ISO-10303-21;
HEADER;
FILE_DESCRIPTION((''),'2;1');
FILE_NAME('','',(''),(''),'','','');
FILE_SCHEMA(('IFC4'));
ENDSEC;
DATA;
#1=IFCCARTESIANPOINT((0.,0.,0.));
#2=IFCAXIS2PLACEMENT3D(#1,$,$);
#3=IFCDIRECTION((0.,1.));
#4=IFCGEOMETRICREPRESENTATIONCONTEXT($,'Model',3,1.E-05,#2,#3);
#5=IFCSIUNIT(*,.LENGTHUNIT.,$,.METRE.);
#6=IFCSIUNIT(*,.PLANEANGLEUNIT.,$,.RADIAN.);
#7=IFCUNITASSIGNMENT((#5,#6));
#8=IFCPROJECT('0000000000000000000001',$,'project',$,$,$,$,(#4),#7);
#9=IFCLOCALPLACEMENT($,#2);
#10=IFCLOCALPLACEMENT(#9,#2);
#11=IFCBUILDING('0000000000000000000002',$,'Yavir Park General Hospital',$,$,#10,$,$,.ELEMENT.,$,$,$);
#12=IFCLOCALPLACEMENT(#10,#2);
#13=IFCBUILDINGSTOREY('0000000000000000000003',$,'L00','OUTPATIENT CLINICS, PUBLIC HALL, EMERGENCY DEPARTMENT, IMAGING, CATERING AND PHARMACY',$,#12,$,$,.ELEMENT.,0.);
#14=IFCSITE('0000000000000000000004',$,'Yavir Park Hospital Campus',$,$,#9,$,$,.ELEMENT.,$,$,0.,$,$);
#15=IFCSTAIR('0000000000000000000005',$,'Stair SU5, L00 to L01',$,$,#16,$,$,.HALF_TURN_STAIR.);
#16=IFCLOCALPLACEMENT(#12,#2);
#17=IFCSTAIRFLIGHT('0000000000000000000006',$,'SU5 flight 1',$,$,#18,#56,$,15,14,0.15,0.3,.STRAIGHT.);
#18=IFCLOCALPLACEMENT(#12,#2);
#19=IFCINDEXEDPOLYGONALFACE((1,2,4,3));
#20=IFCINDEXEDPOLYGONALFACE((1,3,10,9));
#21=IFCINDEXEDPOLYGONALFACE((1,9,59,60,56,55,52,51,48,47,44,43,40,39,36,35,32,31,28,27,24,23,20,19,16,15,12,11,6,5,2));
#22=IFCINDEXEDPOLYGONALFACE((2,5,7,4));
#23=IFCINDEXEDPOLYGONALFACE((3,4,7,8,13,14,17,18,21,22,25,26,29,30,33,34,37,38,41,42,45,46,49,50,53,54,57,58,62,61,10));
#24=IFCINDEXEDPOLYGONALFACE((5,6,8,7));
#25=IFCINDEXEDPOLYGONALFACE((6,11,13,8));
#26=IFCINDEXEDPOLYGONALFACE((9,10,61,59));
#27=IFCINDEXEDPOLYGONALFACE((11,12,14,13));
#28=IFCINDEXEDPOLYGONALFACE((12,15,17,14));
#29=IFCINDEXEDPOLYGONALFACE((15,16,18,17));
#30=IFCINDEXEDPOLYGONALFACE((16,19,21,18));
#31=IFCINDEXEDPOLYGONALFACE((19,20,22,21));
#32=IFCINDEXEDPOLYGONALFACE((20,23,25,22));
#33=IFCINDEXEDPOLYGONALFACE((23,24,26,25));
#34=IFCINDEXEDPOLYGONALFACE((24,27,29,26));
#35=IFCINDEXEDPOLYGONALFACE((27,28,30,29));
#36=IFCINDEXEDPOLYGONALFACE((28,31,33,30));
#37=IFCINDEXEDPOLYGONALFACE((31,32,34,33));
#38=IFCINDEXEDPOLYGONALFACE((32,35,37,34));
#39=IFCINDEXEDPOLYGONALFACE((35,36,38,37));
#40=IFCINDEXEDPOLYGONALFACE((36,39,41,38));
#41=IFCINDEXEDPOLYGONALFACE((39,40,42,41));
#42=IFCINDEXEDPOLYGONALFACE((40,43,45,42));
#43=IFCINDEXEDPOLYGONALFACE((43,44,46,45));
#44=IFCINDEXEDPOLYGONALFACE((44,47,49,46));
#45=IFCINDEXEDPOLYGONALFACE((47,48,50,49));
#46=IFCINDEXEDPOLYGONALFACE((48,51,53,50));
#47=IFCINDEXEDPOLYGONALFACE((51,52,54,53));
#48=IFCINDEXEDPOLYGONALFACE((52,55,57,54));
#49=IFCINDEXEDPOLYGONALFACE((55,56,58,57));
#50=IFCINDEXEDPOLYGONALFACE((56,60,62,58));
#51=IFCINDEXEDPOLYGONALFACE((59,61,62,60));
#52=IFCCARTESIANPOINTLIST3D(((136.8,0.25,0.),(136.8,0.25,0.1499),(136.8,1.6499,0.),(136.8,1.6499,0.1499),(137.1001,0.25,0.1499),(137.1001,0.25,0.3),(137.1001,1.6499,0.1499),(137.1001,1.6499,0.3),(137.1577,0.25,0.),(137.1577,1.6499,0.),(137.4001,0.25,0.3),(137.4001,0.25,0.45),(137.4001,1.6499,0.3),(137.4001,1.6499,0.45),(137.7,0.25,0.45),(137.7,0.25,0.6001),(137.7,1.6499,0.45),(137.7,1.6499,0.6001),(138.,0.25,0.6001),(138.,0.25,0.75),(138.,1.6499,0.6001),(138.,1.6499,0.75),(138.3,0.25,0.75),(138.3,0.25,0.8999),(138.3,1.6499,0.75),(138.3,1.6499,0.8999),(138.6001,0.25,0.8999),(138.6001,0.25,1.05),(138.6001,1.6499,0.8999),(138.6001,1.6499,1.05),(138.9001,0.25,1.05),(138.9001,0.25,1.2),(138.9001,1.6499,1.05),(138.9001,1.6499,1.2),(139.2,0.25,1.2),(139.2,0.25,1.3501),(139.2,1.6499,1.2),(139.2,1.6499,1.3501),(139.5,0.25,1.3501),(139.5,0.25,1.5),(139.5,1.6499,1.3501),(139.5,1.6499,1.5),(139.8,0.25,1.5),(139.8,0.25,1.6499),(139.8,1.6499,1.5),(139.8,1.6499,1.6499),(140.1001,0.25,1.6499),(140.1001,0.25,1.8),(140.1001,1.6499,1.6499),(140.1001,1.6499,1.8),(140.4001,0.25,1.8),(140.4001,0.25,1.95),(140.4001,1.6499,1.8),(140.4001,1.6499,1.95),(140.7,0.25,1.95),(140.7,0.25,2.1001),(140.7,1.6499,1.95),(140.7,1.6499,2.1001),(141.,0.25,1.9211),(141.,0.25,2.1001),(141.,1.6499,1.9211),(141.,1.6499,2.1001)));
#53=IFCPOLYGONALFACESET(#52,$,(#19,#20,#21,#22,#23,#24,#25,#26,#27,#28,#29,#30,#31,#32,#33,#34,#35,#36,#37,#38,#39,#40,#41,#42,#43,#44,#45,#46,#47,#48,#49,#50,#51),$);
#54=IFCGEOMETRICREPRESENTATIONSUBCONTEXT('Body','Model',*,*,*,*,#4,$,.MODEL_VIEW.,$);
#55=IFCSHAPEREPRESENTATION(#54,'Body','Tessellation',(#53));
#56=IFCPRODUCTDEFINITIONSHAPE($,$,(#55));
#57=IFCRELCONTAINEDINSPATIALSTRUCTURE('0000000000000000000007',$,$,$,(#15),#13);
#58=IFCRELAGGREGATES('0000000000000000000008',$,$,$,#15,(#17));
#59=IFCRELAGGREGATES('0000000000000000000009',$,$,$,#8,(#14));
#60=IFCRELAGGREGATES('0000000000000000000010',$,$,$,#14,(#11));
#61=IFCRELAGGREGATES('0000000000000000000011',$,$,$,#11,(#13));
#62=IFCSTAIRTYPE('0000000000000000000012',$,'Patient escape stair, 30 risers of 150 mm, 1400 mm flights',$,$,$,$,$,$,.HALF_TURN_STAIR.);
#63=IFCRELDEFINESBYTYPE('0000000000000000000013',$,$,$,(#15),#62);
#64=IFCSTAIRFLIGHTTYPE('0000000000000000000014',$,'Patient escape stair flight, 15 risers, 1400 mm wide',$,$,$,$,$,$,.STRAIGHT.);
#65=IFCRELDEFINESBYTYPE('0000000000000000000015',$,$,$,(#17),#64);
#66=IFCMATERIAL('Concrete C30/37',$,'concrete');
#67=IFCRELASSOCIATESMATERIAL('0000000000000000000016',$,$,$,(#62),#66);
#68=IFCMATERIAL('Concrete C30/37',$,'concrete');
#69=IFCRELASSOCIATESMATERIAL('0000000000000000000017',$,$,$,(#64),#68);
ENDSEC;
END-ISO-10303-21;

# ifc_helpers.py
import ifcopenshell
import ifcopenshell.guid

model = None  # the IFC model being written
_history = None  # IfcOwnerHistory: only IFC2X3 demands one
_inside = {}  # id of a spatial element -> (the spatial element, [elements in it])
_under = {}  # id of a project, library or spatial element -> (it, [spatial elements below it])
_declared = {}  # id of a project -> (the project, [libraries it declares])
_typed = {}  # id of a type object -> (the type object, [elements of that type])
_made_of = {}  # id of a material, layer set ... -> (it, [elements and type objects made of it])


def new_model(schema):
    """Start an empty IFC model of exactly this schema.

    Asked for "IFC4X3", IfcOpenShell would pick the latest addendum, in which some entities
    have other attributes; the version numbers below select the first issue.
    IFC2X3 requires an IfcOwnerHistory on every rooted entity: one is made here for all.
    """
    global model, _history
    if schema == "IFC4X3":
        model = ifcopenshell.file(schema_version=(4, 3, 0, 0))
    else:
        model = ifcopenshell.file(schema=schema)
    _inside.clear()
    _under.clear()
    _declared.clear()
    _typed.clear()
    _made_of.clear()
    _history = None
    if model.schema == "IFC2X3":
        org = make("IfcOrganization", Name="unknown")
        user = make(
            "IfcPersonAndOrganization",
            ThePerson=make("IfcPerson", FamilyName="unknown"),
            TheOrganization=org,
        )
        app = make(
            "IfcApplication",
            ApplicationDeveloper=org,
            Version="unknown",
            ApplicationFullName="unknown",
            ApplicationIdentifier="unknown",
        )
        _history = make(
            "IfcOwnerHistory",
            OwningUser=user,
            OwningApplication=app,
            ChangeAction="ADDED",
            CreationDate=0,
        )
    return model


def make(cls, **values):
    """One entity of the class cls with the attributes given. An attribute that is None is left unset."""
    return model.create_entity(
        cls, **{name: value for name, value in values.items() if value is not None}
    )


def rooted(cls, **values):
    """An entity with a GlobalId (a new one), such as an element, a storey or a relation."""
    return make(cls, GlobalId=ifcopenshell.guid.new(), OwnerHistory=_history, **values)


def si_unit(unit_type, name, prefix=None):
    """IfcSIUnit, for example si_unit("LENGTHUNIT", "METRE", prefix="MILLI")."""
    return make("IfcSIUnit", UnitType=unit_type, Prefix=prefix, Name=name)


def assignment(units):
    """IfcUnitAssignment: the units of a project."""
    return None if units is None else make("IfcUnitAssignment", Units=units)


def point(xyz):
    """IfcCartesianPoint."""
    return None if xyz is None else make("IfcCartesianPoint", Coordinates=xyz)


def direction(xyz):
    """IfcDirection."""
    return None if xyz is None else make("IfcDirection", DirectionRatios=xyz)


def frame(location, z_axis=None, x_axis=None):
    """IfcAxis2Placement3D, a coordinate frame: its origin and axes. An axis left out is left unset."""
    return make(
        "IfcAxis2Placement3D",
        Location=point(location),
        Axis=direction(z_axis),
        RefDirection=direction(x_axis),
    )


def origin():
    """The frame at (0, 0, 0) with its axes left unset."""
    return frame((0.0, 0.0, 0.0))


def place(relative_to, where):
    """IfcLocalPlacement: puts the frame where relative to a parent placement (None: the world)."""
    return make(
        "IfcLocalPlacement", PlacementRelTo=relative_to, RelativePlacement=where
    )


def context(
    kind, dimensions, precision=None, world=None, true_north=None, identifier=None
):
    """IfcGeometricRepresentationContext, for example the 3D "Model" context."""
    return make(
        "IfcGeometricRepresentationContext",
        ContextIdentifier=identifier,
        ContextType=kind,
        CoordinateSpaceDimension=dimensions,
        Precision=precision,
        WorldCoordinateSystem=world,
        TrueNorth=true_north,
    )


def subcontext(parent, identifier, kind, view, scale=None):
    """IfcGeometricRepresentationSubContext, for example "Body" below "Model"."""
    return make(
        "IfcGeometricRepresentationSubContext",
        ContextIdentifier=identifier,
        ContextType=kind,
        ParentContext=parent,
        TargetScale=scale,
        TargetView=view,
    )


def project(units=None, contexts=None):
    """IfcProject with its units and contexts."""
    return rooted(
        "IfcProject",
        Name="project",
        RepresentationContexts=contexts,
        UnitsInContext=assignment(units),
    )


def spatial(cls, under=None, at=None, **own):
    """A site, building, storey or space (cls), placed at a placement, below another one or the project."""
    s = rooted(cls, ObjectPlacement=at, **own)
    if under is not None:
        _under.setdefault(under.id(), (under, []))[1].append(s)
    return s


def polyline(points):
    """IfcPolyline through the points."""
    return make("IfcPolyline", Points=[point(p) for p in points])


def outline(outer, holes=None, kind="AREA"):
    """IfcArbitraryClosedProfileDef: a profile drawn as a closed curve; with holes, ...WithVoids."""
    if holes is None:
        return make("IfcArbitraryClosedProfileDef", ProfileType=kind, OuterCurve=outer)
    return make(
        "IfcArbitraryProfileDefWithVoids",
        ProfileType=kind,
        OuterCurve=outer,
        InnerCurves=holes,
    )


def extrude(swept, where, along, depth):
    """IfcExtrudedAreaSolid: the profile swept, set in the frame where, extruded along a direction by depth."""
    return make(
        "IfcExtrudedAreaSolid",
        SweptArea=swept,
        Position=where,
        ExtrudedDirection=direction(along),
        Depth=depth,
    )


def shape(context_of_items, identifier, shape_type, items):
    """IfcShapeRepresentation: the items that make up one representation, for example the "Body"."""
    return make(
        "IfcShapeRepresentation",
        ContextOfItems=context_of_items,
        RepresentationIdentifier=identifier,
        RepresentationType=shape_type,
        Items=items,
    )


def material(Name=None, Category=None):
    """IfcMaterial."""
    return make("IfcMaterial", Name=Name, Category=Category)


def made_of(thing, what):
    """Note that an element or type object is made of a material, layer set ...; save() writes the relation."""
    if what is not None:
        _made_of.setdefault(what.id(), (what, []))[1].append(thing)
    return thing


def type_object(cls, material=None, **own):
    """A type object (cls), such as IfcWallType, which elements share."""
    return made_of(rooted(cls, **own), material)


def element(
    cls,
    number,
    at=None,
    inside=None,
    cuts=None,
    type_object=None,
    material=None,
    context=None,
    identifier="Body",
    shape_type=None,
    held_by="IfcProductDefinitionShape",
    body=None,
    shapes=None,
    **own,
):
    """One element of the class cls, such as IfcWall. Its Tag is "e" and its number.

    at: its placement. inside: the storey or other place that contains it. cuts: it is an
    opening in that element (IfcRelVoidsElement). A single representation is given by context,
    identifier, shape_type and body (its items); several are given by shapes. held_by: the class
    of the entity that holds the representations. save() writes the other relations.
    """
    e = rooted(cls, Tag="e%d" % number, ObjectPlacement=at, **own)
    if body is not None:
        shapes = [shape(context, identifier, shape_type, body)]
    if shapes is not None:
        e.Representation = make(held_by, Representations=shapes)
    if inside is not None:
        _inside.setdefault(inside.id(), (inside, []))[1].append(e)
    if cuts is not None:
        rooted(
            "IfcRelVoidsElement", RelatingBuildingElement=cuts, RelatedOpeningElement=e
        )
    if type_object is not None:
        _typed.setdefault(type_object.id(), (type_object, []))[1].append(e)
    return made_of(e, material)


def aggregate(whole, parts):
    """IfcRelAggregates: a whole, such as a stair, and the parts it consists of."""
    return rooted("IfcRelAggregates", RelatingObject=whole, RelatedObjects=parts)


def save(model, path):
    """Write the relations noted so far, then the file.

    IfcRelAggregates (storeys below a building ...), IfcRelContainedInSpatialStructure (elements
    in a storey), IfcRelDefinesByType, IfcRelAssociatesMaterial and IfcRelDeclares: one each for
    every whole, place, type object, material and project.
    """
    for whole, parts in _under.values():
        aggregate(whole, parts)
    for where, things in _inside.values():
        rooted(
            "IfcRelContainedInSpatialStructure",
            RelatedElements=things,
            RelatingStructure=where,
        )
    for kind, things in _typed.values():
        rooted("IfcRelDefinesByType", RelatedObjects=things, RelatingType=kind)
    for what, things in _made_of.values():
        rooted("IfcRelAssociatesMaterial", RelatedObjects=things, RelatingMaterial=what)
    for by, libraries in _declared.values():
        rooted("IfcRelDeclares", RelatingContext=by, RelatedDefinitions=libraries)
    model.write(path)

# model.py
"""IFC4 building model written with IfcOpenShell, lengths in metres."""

from ifc_helpers import new_model, si_unit, direction, frame, origin, place, context, subcontext, project, spatial, polyline, outline, extrude, material, type_object, element, aggregate, save


model = new_model("IFC4")

# Units and contexts
model_context = context("Model", 3, precision=1e-05, world=origin(), true_north=direction((0.0, 1.0)))
body_context = subcontext(model_context, "Body", "Model", "MODEL_VIEW")
ifc_project = project(units=[si_unit("LENGTHUNIT", "METRE"), si_unit("PLANEANGLEUNIT", "RADIAN")], contexts=[model_context])

# Site, building, storey
site_placement = place(None, origin())
site = spatial("IfcSite", under=ifc_project, at=site_placement, Name="Yavir Park Hospital Campus", CompositionType="ELEMENT", RefElevation=0.0)
building_placement = place(site_placement, origin())
building = spatial("IfcBuilding", under=site, at=building_placement, Name="Yavir Park General Hospital", CompositionType="ELEMENT")
storey_placement = place(building_placement, origin())
storey = spatial("IfcBuildingStorey", under=building, at=storey_placement, Name="L00", Description="OUTPATIENT CLINICS, PUBLIC HALL, EMERGENCY DEPARTMENT, IMAGING, CATERING AND PHARMACY", CompositionType="ELEMENT", Elevation=0.0)

# Stair, stair flight
ifc_material_1 = material(Name="Concrete C30/37", Category="concrete")
stair_type = type_object("IfcStairType", Name="Patient escape stair, 30 risers of 150 mm, 1400 mm flights", PredefinedType="HALF_TURN_STAIR", material=ifc_material_1)
stair_placement = place(storey_placement, origin())
stair = element("IfcStair", 1, at=stair_placement, inside=storey, type_object=stair_type, Name="Stair SU5, L00 to L01", PredefinedType="HALF_TURN_STAIR")
ifc_material_2 = material(Name="Concrete C30/37", Category="concrete")
stair_flight_type = type_object("IfcStairFlightType", Name="Patient escape stair flight, 15 risers, 1400 mm wide", PredefinedType="STRAIGHT", material=ifc_material_2)
stair_flight_placement = place(storey_placement, frame((136.8, 0.95, 0.0), z_axis=(0.0, 0.0, 1.0), x_axis=(1.0, 0.0, 0.0)))
stair_flight = element("IfcStairFlight", 2, at=stair_flight_placement, type_object=stair_flight_type, Name="SU5 flight 1", NumberOfRisers=15, NumberOfTreads=14, PredefinedType="STRAIGHT", RiserHeight=0.15, TreadLength=0.3, context=body_context, shape_type="SweptSolid", body=[
    extrude(outline(polyline([(0.0, 0.0), (0.0, 0.1499), (0.3, 0.1499), (0.3, 0.3), (0.6001, 0.3), (0.6001, 0.45), (0.8999, 0.45), (0.8999, 0.6001), (1.2, 0.6001), (1.2, 0.75), (1.5, 0.75), (1.5, 0.8999), (1.8, 0.8999), (1.8, 1.05), (2.1001, 1.05), (2.1001, 1.2), (2.3999, 1.2), (2.3999, 1.3501), (2.7, 1.3501), (2.7, 1.5), (3.0, 1.5), (3.0, 1.6499), (3.3, 1.6499), (3.3, 1.8), (3.6001, 1.8), (3.6001, 1.95), (3.8999, 1.95), (3.8999, 2.1001), (4.2, 2.1001), (4.2, 2.25), (4.2, 1.9211), (0.3577, 0.0), (0.0, 0.0)])), frame((0.0, 0.7, 0.0), z_axis=(0.0, -1.0, 0.0), x_axis=(1.0, 0.0, 0.0)), (0.0, 0.0, 1.0), 1.3999),
])
aggregate(stair, [stair_flight])

save(model, "model.ifc")
